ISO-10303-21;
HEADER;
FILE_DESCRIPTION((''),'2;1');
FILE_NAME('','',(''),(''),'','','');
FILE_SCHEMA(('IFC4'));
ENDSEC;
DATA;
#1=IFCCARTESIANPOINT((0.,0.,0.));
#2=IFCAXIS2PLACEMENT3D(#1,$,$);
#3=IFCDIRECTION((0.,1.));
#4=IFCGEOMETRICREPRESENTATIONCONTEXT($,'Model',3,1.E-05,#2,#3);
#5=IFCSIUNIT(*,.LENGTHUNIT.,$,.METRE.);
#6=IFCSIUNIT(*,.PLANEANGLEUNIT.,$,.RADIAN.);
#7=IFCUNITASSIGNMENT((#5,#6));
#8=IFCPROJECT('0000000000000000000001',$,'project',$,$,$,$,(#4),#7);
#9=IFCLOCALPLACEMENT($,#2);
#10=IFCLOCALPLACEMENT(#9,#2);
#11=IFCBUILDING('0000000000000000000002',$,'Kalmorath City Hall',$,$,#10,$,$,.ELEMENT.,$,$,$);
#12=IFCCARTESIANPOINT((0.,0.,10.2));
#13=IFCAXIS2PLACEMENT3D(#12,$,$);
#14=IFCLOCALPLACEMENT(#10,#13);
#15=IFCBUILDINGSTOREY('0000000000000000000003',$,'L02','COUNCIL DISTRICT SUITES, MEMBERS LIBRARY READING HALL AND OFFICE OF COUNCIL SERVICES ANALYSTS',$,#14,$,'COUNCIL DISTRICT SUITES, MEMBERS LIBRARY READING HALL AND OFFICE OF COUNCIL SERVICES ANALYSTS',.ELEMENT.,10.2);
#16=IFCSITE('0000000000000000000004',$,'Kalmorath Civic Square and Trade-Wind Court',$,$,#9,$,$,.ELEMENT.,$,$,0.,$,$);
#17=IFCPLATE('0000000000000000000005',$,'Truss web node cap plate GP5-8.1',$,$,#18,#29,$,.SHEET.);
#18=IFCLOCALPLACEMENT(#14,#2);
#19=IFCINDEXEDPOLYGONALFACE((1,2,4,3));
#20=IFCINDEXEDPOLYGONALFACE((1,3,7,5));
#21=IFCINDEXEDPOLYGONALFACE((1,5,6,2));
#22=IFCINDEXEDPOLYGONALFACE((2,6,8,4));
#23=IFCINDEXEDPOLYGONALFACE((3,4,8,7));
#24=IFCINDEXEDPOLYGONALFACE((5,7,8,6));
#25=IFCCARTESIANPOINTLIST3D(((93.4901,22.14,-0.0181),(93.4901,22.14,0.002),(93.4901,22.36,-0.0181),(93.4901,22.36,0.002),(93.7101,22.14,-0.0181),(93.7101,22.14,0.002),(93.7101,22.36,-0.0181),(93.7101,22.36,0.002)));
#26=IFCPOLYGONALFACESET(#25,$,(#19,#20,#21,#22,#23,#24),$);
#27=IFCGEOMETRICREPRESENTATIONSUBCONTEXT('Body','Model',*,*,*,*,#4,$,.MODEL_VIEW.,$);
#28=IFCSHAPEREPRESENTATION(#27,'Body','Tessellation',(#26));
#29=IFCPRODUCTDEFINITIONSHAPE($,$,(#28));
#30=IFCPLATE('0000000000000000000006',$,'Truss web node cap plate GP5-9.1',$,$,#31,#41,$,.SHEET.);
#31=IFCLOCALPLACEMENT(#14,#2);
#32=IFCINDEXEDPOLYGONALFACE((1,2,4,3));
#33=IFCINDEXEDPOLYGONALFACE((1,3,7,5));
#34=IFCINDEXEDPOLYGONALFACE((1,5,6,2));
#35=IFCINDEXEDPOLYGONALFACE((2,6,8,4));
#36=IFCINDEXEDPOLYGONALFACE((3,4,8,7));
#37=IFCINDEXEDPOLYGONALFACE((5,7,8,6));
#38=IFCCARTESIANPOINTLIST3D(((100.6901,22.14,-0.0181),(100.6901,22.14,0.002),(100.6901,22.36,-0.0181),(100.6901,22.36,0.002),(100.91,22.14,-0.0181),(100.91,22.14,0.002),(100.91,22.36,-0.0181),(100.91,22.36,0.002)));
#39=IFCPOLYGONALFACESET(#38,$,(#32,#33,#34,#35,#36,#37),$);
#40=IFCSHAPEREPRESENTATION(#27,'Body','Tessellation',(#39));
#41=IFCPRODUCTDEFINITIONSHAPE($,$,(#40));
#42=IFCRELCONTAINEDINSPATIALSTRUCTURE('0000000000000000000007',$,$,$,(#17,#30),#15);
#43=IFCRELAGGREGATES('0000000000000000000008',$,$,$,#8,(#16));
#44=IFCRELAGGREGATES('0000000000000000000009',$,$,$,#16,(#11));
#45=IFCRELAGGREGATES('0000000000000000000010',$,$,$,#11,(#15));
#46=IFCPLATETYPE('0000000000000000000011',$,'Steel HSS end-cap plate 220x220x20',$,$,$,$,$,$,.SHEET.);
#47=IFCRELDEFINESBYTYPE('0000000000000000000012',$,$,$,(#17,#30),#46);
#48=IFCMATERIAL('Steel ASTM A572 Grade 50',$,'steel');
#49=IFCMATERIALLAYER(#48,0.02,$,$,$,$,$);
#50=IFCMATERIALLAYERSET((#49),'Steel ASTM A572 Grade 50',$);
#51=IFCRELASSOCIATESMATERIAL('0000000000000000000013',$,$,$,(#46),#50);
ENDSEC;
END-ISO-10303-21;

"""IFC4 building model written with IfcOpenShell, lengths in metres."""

from ifc_helpers import new_model, si_unit, direction, frame, origin, origin_2d, place, context, subcontext, project, spatial, rectangle, extrude, material, layer, layer_set, type_object, element, save


model = new_model("IFC4")

# Units and contexts
model_context = context("Model", 3, precision=1e-05, world=origin(), true_north=direction((0.0, 1.0)))
body_context = subcontext(model_context, "Body", "Model", "MODEL_VIEW")
ifc_project = project(units=[si_unit("LENGTHUNIT", "METRE"), si_unit("PLANEANGLEUNIT", "RADIAN")], contexts=[model_context])

# Site, building, storey
site_placement = place(None, origin())
site = spatial("IfcSite", under=ifc_project, at=site_placement, Name="Kalmorath Civic Square and Trade-Wind Court", CompositionType="ELEMENT", RefElevation=0.0)
building_placement = place(site_placement, origin())
building = spatial("IfcBuilding", under=site, at=building_placement, Name="Kalmorath City Hall", CompositionType="ELEMENT")
storey_placement = place(building_placement, frame((0.0, 0.0, 10.2)))
storey = spatial("IfcBuildingStorey", under=building, at=storey_placement, Name="L02", Description="COUNCIL DISTRICT SUITES, MEMBERS LIBRARY READING HALL AND OFFICE OF COUNCIL SERVICES ANALYSTS", LongName="COUNCIL DISTRICT SUITES, MEMBERS LIBRARY READING HALL AND OFFICE OF COUNCIL SERVICES ANALYSTS", CompositionType="ELEMENT", Elevation=10.2)

# Plates
ifc_material_1 = material(Name="Steel ASTM A572 Grade 50", Category="steel")
ifc_layer_1 = layer(ifc_material_1, 0.02)
ifc_layer_set_1 = layer_set([ifc_layer_1], Name="Steel ASTM A572 Grade 50")
plate_type = type_object("IfcPlateType", Name="Steel HSS end-cap plate 220x220x20", PredefinedType="SHEET", material=ifc_layer_set_1)
for number, where, z_axis, x_axis, name in (
    (1, (93.6001, 22.25, -0.0181), (0.0, 0.0, 1.0), (1.0, 0.0, 0.0), "Truss web node cap plate GP5-8.1"),
    (2, (100.8, 22.25, -0.0181), (0.0, 0.0, 1.0), (1.0, 0.0, 0.0), "Truss web node cap plate GP5-9.1"),
):
    element("IfcPlate", number, at=place(storey_placement, frame(where, z_axis=z_axis, x_axis=x_axis)), inside=storey, type_object=plate_type, Name=name, PredefinedType="SHEET", context=body_context, shape_type="SweptSolid", body=[
        extrude(rectangle(XDim=0.22, YDim=0.22, at=origin_2d()), origin(), (0.0, 0.0, 1.0), 0.02),
    ])

save(model, "model.ifc")
